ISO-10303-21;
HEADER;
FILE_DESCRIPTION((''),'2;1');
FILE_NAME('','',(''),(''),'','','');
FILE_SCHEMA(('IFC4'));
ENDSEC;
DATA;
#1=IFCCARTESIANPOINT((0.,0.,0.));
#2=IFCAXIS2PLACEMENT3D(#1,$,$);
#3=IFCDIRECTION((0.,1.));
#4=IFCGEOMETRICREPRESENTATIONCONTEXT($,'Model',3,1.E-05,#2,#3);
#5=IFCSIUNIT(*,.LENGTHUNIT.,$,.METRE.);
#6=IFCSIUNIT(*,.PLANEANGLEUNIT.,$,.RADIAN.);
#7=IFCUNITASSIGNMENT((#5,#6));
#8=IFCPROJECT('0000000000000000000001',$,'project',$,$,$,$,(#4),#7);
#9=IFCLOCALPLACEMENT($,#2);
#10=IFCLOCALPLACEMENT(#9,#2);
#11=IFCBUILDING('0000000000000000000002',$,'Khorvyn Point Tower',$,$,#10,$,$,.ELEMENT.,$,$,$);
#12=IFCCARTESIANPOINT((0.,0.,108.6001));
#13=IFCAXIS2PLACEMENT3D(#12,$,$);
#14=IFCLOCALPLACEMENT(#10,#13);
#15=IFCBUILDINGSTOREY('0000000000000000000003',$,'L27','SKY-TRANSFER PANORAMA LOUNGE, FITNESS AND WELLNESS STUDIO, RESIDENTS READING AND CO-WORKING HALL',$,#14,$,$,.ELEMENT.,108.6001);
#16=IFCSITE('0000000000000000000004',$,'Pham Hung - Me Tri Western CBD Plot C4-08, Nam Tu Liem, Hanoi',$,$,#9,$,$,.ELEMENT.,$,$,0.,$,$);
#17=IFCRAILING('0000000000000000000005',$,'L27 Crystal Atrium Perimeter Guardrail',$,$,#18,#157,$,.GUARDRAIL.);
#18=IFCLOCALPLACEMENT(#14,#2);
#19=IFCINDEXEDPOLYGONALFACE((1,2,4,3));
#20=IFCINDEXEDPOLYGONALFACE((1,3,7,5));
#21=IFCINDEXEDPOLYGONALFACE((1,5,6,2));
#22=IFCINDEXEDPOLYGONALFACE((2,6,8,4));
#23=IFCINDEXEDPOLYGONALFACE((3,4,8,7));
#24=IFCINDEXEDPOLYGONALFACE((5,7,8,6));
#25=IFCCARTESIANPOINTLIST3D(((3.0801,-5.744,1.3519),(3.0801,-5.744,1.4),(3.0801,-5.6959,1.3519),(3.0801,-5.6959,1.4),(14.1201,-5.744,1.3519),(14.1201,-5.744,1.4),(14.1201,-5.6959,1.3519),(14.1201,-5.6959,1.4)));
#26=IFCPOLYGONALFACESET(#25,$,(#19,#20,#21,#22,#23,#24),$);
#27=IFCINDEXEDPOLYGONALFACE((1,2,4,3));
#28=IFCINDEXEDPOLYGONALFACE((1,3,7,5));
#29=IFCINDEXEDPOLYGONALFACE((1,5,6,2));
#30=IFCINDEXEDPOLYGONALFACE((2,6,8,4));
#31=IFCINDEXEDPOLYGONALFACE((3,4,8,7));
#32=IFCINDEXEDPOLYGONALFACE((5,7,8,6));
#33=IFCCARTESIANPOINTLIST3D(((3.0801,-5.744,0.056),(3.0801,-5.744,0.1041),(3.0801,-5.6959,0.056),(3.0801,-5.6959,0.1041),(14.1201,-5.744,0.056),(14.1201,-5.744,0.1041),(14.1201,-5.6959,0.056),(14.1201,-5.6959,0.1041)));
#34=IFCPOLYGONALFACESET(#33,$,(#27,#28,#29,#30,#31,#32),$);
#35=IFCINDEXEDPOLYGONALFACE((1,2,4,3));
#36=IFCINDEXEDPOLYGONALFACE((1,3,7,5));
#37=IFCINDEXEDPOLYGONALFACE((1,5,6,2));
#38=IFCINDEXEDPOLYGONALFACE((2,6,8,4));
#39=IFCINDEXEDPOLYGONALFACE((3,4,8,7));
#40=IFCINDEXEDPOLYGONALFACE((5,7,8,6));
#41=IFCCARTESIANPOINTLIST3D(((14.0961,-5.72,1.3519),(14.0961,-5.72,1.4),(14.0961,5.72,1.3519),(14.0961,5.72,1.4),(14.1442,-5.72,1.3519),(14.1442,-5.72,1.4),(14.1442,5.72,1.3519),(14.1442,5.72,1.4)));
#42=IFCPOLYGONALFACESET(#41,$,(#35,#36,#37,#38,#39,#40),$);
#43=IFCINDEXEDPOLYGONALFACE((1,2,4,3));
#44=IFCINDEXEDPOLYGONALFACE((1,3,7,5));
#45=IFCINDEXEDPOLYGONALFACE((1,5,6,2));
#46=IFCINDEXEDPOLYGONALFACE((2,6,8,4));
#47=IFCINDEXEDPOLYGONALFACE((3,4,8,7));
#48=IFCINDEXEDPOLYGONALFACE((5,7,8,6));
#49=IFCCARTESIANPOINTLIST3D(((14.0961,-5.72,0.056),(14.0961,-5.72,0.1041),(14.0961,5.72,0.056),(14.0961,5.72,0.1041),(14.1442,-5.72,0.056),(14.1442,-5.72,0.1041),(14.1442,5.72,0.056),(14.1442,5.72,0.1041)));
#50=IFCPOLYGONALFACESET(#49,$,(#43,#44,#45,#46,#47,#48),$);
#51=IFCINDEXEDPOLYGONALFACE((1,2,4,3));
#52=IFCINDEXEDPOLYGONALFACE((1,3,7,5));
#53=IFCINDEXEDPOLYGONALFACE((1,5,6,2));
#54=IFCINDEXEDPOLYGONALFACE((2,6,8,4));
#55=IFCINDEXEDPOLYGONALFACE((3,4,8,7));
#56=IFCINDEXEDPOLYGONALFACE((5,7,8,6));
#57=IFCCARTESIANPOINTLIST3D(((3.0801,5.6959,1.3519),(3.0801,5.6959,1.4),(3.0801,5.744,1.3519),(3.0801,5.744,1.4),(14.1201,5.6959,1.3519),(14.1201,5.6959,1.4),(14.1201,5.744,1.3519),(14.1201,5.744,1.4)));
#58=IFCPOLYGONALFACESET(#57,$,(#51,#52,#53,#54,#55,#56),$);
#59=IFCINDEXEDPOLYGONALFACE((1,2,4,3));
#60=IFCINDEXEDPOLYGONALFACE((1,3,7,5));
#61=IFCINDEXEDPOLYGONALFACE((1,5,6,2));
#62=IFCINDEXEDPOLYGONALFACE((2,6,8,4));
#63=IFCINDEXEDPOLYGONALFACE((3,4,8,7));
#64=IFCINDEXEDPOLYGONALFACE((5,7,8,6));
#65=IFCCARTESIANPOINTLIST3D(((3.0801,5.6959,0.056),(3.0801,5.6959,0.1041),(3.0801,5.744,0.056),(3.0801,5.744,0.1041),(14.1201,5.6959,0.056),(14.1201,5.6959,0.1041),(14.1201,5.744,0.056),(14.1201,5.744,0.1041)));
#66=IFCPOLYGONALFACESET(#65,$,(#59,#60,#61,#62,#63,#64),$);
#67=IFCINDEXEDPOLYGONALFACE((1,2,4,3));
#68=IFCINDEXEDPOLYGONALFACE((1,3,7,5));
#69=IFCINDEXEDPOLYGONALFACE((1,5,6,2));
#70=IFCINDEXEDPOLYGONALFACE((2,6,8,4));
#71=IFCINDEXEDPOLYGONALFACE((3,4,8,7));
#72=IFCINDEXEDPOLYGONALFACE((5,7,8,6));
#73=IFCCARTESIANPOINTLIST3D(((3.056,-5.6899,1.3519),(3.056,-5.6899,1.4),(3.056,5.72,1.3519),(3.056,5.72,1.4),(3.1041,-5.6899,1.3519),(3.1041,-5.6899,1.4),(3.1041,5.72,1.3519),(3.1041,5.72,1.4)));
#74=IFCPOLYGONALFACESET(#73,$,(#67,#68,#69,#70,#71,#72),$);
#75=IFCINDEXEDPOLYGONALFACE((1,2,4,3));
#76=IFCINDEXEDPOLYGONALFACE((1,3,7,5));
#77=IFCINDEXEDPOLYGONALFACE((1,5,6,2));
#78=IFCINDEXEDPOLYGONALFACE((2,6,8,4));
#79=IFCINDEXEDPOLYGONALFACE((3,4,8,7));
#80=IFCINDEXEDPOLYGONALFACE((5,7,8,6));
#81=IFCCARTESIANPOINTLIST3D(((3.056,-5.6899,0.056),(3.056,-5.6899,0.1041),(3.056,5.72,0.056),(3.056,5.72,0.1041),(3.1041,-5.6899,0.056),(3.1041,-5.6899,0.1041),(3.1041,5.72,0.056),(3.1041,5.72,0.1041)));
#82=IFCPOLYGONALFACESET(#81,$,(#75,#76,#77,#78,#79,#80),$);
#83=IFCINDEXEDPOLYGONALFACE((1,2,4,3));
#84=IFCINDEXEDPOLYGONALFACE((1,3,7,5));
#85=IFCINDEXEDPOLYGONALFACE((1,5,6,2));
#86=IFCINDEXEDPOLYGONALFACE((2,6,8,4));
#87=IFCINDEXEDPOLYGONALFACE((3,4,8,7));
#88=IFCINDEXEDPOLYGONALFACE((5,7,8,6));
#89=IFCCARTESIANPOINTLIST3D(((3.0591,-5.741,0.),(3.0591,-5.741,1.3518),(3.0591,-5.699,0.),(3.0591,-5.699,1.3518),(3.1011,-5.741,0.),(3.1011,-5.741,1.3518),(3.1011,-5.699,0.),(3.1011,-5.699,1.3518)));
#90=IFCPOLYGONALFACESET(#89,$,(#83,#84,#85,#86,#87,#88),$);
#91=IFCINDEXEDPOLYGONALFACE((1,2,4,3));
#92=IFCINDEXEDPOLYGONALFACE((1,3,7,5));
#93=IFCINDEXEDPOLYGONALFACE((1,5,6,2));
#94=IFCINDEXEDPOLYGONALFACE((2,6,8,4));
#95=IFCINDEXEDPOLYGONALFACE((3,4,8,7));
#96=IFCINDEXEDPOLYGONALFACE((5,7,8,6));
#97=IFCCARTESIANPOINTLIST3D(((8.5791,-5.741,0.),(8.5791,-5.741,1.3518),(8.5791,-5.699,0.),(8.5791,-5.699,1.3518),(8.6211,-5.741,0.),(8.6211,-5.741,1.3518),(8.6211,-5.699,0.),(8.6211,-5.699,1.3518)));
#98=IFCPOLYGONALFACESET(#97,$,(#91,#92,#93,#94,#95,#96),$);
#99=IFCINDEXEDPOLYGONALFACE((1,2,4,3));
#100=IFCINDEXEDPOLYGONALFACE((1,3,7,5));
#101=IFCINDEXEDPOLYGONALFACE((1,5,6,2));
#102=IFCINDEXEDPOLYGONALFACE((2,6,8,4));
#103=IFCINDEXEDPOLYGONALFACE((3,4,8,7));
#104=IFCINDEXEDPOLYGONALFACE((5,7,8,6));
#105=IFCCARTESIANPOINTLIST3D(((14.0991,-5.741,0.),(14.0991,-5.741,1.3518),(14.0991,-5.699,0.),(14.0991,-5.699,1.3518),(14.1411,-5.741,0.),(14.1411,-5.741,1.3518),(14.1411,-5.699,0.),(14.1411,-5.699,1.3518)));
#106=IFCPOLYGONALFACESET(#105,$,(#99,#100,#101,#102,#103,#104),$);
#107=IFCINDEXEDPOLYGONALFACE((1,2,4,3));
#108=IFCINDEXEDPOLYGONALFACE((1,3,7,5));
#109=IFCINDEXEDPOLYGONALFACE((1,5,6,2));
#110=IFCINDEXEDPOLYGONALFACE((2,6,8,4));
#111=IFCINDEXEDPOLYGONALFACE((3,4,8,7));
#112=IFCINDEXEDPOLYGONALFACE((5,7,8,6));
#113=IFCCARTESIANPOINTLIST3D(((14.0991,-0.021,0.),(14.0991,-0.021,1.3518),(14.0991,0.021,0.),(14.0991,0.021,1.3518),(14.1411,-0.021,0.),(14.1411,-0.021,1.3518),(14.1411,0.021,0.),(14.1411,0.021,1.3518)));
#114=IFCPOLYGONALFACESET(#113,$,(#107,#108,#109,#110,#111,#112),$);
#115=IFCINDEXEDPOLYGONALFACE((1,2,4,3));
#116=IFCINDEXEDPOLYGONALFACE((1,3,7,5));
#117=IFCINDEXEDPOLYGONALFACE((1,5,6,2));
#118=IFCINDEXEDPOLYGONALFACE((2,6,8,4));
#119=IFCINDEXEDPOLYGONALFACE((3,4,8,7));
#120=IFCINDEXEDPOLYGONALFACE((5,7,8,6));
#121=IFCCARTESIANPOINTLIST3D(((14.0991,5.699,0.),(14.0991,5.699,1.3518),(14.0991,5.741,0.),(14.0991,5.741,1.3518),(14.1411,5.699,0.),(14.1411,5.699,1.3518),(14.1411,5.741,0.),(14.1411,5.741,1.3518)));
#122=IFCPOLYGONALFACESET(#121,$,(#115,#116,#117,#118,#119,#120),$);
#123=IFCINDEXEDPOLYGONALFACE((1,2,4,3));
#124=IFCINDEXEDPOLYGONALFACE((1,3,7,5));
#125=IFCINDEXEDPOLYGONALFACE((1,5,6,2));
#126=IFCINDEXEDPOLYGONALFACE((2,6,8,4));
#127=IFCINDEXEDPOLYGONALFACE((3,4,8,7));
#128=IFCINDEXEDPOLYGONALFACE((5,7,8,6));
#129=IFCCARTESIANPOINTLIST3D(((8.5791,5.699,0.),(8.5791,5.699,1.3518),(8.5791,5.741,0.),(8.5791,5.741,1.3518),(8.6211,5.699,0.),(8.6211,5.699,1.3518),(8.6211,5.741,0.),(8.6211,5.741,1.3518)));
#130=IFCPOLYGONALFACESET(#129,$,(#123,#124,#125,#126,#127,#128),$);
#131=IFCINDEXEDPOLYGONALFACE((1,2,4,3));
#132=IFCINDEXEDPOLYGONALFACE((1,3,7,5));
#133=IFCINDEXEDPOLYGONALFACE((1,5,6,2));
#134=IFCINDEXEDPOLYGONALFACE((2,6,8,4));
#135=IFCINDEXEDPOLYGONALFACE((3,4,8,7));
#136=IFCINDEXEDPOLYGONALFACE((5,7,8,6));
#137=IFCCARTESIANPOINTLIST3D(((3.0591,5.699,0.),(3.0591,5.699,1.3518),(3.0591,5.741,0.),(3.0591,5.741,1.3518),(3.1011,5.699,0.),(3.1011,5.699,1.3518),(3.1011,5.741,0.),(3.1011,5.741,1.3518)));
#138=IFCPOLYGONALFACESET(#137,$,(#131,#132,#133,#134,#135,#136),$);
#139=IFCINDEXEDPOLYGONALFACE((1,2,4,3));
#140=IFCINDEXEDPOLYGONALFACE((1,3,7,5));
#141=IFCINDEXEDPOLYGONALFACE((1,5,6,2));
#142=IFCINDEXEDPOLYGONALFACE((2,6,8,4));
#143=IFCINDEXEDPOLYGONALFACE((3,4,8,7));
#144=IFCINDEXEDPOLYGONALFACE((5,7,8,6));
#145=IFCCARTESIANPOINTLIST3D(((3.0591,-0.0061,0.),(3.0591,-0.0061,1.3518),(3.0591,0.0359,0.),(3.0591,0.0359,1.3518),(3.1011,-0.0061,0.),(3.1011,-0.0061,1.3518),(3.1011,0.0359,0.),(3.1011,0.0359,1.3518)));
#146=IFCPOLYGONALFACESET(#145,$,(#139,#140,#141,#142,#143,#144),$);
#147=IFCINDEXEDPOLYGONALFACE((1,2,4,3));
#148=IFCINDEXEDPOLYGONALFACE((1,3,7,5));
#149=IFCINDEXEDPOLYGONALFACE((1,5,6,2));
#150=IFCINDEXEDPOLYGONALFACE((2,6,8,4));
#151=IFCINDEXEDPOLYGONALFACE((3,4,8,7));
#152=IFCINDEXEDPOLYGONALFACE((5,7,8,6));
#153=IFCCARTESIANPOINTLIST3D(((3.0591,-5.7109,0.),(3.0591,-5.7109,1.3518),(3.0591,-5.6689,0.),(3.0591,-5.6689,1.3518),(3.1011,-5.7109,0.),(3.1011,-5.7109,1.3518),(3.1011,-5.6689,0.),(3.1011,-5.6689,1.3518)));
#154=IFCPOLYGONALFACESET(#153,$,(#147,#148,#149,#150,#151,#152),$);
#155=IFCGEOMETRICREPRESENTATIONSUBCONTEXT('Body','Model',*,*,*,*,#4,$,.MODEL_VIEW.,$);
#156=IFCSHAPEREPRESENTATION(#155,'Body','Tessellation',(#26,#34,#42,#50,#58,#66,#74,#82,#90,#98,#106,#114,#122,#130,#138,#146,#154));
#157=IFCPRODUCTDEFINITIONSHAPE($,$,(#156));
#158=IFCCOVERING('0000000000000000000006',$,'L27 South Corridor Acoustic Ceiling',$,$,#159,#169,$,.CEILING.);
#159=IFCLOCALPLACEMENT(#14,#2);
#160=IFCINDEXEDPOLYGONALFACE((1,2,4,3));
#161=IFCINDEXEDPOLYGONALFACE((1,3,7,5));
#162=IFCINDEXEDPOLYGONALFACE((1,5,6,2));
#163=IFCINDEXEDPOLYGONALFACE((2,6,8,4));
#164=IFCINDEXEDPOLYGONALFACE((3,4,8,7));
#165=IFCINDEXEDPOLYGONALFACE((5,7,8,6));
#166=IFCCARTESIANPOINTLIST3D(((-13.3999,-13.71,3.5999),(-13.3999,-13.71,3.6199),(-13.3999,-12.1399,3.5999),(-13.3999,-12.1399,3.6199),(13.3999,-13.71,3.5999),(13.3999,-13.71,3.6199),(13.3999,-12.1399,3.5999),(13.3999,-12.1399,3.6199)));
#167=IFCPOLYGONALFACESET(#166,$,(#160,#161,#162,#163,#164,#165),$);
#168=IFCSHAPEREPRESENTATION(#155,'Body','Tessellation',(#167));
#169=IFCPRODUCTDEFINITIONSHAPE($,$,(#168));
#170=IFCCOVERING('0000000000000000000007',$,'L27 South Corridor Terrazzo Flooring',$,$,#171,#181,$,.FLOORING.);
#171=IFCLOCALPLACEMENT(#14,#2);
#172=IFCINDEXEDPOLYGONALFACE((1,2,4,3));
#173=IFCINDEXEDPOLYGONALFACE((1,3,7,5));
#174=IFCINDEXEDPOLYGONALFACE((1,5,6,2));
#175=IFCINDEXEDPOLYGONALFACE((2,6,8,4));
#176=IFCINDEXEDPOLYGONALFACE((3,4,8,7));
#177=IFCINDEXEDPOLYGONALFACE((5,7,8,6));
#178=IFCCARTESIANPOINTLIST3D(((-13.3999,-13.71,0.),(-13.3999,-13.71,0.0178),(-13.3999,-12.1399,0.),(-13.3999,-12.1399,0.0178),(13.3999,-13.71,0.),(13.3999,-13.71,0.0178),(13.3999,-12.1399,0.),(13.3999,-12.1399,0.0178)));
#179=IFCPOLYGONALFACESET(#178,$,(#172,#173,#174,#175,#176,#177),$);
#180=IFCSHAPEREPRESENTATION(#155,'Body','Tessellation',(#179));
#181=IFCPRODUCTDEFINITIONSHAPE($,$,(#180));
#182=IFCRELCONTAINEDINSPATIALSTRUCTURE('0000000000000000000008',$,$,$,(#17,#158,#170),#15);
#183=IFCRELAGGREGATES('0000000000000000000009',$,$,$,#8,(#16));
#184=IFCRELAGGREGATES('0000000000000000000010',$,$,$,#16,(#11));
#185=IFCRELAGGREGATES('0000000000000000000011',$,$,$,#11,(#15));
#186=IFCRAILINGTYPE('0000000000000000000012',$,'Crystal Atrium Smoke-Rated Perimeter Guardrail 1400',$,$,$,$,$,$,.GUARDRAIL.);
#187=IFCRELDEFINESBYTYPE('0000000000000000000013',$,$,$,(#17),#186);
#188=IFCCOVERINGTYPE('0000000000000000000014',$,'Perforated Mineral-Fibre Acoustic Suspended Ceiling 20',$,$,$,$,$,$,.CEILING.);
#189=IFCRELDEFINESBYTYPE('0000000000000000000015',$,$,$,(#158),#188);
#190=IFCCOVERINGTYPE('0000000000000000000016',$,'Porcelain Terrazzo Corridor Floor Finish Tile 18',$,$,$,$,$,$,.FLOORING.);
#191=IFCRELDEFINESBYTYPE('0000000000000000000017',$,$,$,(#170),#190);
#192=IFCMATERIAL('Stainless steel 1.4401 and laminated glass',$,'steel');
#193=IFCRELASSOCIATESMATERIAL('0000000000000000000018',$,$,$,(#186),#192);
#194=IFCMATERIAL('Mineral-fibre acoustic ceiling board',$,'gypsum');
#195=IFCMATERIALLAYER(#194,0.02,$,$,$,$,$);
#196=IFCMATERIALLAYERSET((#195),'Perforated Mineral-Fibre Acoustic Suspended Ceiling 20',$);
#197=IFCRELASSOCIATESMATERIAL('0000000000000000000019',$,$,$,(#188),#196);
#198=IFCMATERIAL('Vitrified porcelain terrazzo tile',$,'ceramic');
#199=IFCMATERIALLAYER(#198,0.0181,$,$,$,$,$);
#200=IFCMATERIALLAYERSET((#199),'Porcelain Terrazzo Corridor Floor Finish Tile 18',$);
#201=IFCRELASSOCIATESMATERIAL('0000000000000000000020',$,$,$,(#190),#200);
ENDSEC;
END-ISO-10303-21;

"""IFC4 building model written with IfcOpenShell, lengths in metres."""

from ifc_helpers import new_model, si_unit, direction, frame, origin, origin_2d, place, context, subcontext, project, spatial, polyline, rectangle, outline, extrude, material, layer, layer_set, type_object, element, save


model = new_model("IFC4")

# Units and contexts
model_context = context("Model", 3, precision=1e-05, world=origin(), true_north=direction((0.0, 1.0)))
body_context = subcontext(model_context, "Body", "Model", "MODEL_VIEW")
ifc_project = project(units=[si_unit("LENGTHUNIT", "METRE"), si_unit("PLANEANGLEUNIT", "RADIAN")], contexts=[model_context])

# Site, building, storey
site_placement = place(None, origin())
site = spatial("IfcSite", under=ifc_project, at=site_placement, Name="Pham Hung - Me Tri Western CBD Plot C4-08, Nam Tu Liem, Hanoi", CompositionType="ELEMENT", RefElevation=0.0)
building_placement = place(site_placement, origin())
building = spatial("IfcBuilding", under=site, at=building_placement, Name="Khorvyn Point Tower", CompositionType="ELEMENT")
storey_placement = place(building_placement, frame((0.0, 0.0, 108.6001)))
storey = spatial("IfcBuildingStorey", under=building, at=storey_placement, Name="L27", Description="SKY-TRANSFER PANORAMA LOUNGE, FITNESS AND WELLNESS STUDIO, RESIDENTS READING AND CO-WORKING HALL", CompositionType="ELEMENT", Elevation=108.6001)

# Railing
ifc_material_1 = material(Name="Stainless steel 1.4401 and laminated glass", Category="steel")
railing_type = type_object("IfcRailingType", Name="Crystal Atrium Smoke-Rated Perimeter Guardrail 1400", PredefinedType="GUARDRAIL", material=ifc_material_1)
railing_placement = place(storey_placement, frame((3.0801, -5.72, 0.0)))
element("IfcRailing", 1, at=railing_placement, inside=storey, type_object=railing_type, Name="L27 Crystal Atrium Perimeter Guardrail", PredefinedType="GUARDRAIL", context=body_context, shape_type="SweptSolid", body=[
    extrude(rectangle(XDim=0.0481, YDim=0.0481, at=origin_2d()), frame((0.0, 0.0, 1.376), z_axis=(1.0, 0.0, 0.0), x_axis=(0.0, 1.0, 0.0)), (0.0, 0.0, 1.0), 11.04),
    extrude(rectangle(XDim=0.0481, YDim=0.0481, at=origin_2d()), frame((0.0, 0.0, 0.0801), z_axis=(1.0, 0.0, 0.0), x_axis=(0.0, 1.0, 0.0)), (0.0, 0.0, 1.0), 11.04),
    extrude(rectangle(XDim=0.0481, YDim=0.0481, at=origin_2d()), frame((11.04, 0.0, 1.376), z_axis=(0.0, 1.0, 0.0), x_axis=(-1.0, 0.0, 0.0)), (0.0, 0.0, 1.0), 11.4399),
    extrude(rectangle(XDim=0.0481, YDim=0.0481, at=origin_2d()), frame((11.04, 0.0, 0.0801), z_axis=(0.0, 1.0, 0.0), x_axis=(-1.0, 0.0, 0.0)), (0.0, 0.0, 1.0), 11.4399),
    extrude(rectangle(XDim=0.0481, YDim=0.0481, at=origin_2d()), frame((11.04, 11.4399, 1.376), z_axis=(-1.0, 0.0, 0.0), x_axis=(0.0, -1.0, 0.0)), (0.0, 0.0, 1.0), 11.04),
    extrude(rectangle(XDim=0.0481, YDim=0.0481, at=origin_2d()), frame((11.04, 11.4399, 0.0801), z_axis=(-1.0, 0.0, 0.0), x_axis=(0.0, -1.0, 0.0)), (0.0, 0.0, 1.0), 11.04),
    extrude(rectangle(XDim=0.0481, YDim=0.0481, at=origin_2d()), frame((0.0, 11.4399, 1.376), z_axis=(0.0, -1.0, 0.0), x_axis=(1.0, 0.0, 0.0)), (0.0, 0.0, 1.0), 11.4099),
    extrude(rectangle(XDim=0.0481, YDim=0.0481, at=origin_2d()), frame((0.0, 11.4399, 0.0801), z_axis=(0.0, -1.0, 0.0), x_axis=(1.0, 0.0, 0.0)), (0.0, 0.0, 1.0), 11.4099),
    extrude(rectangle(XDim=0.042, YDim=0.042, at=origin_2d()), origin(), (0.0, 0.0, 1.0), 1.3518),
    extrude(rectangle(XDim=0.042, YDim=0.042, at=origin_2d()), frame((5.52, 0.0, 0.0)), (0.0, 0.0, 1.0), 1.3518),
    extrude(rectangle(XDim=0.042, YDim=0.042, at=origin_2d()), frame((11.04, 0.0, 0.0)), (0.0, 0.0, 1.0), 1.3518),
    extrude(rectangle(XDim=0.042, YDim=0.042, at=origin_2d()), frame((11.04, 5.72, 0.0)), (0.0, 0.0, 1.0), 1.3518),
    extrude(rectangle(XDim=0.042, YDim=0.042, at=origin_2d()), frame((11.04, 11.4399, 0.0)), (0.0, 0.0, 1.0), 1.3518),
    extrude(rectangle(XDim=0.042, YDim=0.042, at=origin_2d()), frame((5.52, 11.4399, 0.0)), (0.0, 0.0, 1.0), 1.3518),
    extrude(rectangle(XDim=0.042, YDim=0.042, at=origin_2d()), frame((0.0, 11.4399, 0.0)), (0.0, 0.0, 1.0), 1.3518),
    extrude(rectangle(XDim=0.042, YDim=0.042, at=origin_2d()), frame((0.0, 5.7349, 0.0)), (0.0, 0.0, 1.0), 1.3518),
    extrude(rectangle(XDim=0.042, YDim=0.042, at=origin_2d()), frame((0.0, 0.03, 0.0)), (0.0, 0.0, 1.0), 1.3518),
])

# Coverings
ifc_material_2 = material(Name="Mineral-fibre acoustic ceiling board", Category="gypsum")
ifc_layer_1 = layer(ifc_material_2, 0.02)
ifc_layer_set_1 = layer_set([ifc_layer_1], Name="Perforated Mineral-Fibre Acoustic Suspended Ceiling 20")
covering_type_1 = type_object("IfcCoveringType", Name="Perforated Mineral-Fibre Acoustic Suspended Ceiling 20", PredefinedType="CEILING", material=ifc_layer_set_1)
covering_1_placement = place(storey_placement, frame((0.0, 0.0, 3.5999)))
element("IfcCovering", 2, at=covering_1_placement, inside=storey, type_object=covering_type_1, Name="L27 South Corridor Acoustic Ceiling", PredefinedType="CEILING", context=body_context, shape_type="SweptSolid", body=[
    extrude(outline(polyline([(-13.3999, -13.71), (13.3999, -13.71), (13.3999, -12.1399), (-13.3999, -12.1399), (-13.3999, -13.71)])), origin(), (0.0, 0.0, 1.0), 0.02),
])
ifc_material_3 = material(Name="Vitrified porcelain terrazzo tile", Category="ceramic")
ifc_layer_2 = layer(ifc_material_3, 0.0181)
ifc_layer_set_2 = layer_set([ifc_layer_2], Name="Porcelain Terrazzo Corridor Floor Finish Tile 18")
covering_type_2 = type_object("IfcCoveringType", Name="Porcelain Terrazzo Corridor Floor Finish Tile 18", PredefinedType="FLOORING", material=ifc_layer_set_2)
covering_2_placement = place(storey_placement, origin())
element("IfcCovering", 3, at=covering_2_placement, inside=storey, type_object=covering_type_2, Name="L27 South Corridor Terrazzo Flooring", PredefinedType="FLOORING", context=body_context, shape_type="SweptSolid", body=[
    extrude(outline(polyline([(-13.3999, -13.71), (13.3999, -13.71), (13.3999, -12.1399), (-13.3999, -12.1399), (-13.3999, -13.71)])), origin(), (0.0, 0.0, 1.0), 0.0178),
])

save(model, "model.ifc")
